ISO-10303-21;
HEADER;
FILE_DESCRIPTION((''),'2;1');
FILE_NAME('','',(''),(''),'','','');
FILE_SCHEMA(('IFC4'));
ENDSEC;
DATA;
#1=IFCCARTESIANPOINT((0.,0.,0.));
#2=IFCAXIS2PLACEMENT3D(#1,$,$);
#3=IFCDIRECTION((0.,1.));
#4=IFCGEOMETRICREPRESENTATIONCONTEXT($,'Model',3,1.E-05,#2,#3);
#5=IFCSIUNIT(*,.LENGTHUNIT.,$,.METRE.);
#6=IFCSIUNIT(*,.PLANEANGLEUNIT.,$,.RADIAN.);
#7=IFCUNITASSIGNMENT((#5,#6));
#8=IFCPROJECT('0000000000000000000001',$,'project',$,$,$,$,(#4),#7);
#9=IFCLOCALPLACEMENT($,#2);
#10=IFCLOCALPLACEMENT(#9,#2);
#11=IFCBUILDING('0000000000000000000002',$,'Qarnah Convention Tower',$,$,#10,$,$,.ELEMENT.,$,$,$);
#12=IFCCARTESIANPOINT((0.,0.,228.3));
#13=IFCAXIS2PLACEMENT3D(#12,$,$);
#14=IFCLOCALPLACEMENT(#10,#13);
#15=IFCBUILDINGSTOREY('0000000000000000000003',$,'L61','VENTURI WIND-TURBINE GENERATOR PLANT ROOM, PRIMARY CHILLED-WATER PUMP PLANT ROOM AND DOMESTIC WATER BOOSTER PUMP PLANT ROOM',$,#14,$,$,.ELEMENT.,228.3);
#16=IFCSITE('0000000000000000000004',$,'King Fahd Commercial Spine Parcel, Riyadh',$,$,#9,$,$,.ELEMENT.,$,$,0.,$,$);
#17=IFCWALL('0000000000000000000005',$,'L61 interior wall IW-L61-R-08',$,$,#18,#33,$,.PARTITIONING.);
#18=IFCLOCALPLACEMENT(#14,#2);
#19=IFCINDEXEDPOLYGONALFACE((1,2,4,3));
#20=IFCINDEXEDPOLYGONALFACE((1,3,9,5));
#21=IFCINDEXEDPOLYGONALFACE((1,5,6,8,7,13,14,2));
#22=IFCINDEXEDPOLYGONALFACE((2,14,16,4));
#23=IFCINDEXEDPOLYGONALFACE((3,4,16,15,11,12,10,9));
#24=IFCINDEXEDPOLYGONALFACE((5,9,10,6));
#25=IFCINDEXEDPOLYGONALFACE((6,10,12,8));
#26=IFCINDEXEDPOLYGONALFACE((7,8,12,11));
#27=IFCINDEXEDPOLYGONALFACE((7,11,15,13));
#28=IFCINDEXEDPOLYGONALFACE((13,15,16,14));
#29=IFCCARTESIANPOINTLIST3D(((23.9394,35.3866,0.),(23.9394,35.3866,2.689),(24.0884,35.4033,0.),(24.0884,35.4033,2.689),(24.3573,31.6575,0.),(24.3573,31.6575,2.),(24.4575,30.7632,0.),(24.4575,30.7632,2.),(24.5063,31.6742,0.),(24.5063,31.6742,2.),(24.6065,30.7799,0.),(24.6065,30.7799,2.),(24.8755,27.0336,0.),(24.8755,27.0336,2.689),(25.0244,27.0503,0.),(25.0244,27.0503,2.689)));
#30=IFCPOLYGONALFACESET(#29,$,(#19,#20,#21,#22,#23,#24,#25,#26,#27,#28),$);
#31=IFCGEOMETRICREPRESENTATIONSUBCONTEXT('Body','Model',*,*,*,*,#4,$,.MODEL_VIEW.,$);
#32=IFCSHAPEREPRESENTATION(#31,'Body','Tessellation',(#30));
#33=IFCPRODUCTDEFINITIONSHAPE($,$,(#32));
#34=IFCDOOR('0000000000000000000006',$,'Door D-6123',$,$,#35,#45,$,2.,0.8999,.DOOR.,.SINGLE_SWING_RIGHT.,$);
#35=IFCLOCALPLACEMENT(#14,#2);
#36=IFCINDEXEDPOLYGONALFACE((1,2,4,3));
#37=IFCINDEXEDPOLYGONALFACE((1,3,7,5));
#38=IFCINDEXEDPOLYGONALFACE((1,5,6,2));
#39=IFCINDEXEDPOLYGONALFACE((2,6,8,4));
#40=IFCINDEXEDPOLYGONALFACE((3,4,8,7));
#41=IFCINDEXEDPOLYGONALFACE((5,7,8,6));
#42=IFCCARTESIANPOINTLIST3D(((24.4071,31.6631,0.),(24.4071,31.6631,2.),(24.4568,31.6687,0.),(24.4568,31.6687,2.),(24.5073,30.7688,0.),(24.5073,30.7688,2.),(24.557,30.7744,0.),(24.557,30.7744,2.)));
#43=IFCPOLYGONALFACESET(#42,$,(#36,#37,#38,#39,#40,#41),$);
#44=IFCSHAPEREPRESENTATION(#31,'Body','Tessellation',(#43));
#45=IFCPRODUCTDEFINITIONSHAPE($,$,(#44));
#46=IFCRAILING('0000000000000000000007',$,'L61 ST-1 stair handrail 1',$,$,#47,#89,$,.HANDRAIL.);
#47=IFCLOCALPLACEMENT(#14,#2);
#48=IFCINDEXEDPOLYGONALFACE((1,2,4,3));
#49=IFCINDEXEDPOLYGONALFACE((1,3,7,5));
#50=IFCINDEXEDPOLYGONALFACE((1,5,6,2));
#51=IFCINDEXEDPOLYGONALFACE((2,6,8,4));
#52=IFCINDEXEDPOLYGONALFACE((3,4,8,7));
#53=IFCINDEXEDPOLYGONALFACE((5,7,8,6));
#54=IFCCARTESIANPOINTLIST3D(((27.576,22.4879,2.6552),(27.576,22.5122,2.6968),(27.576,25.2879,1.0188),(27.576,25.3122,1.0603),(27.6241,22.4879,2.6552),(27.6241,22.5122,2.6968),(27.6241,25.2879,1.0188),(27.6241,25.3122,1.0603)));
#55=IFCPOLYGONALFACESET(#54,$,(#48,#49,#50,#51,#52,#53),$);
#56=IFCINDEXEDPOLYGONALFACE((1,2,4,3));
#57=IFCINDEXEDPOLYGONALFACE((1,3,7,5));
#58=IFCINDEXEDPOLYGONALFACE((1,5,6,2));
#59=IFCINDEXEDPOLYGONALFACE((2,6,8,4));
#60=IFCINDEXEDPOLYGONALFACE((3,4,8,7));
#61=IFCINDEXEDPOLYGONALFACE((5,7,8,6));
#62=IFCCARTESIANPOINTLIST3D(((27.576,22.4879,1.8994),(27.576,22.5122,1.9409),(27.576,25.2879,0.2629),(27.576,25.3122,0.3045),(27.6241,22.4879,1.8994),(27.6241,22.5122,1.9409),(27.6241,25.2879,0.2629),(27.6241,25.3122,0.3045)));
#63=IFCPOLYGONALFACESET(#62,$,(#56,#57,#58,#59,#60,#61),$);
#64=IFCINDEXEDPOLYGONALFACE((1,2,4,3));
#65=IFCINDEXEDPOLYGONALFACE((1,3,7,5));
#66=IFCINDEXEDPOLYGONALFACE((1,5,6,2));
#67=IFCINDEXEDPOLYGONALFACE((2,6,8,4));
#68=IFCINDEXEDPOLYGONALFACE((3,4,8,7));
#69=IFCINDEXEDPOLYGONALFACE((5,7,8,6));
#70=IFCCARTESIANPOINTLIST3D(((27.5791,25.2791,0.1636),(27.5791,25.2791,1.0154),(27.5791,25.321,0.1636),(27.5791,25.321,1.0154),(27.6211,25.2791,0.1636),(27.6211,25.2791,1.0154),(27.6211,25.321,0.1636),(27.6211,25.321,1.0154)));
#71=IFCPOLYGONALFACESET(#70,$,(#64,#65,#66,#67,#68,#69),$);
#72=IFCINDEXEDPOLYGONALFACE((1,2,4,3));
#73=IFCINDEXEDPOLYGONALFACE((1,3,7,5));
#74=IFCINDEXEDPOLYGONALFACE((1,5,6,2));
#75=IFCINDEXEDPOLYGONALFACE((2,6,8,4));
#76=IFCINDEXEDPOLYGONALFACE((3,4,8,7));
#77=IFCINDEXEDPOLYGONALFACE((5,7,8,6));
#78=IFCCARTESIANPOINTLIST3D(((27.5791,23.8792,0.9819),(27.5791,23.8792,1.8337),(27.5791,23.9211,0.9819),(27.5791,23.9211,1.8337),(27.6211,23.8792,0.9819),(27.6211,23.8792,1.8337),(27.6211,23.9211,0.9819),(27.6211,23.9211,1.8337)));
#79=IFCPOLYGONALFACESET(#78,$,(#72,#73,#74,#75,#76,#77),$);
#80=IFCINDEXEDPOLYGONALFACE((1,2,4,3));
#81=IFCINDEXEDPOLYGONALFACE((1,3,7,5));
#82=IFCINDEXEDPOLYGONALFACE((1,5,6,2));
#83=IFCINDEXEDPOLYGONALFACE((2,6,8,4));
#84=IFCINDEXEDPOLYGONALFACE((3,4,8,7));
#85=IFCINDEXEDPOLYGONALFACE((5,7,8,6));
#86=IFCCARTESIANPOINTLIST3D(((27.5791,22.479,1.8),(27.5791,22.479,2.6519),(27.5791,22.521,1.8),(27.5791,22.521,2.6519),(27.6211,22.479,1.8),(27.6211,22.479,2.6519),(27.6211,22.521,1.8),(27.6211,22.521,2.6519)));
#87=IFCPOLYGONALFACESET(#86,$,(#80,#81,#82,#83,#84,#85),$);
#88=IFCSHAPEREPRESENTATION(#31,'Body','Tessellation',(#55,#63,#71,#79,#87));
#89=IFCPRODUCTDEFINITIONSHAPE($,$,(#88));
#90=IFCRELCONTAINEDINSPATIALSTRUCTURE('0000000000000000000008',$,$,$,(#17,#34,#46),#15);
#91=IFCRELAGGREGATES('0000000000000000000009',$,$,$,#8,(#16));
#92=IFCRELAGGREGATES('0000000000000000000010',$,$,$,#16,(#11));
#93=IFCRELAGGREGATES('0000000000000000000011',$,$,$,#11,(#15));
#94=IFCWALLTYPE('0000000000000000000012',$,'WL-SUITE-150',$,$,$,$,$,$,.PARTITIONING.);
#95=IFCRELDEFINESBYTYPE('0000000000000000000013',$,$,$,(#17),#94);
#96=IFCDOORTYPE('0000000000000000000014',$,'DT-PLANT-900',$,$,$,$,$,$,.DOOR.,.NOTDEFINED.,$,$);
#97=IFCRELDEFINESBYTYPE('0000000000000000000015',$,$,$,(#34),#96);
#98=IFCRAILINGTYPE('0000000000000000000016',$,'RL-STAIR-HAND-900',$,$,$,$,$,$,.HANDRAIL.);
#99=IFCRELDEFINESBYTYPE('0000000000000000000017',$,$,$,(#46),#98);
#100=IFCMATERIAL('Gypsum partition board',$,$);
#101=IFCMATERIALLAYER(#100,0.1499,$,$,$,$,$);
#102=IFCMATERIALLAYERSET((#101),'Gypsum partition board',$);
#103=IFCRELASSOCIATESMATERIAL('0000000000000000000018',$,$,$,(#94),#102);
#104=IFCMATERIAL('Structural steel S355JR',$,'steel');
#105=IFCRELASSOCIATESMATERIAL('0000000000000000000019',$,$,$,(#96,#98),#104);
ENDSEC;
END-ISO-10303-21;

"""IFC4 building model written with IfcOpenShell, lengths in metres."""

from ifc_helpers import new_model, si_unit, direction, frame, frame_2d, origin, origin_2d, place, context, subcontext, project, spatial, rectangle, extrude, material, layer, layer_set, type_object, element, fill, save


model = new_model("IFC4")

# Units and contexts
model_context = context("Model", 3, precision=1e-05, world=origin(), true_north=direction((0.0, 1.0)))
body_context = subcontext(model_context, "Body", "Model", "MODEL_VIEW")
ifc_project = project(units=[si_unit("LENGTHUNIT", "METRE"), si_unit("PLANEANGLEUNIT", "RADIAN")], contexts=[model_context])

# Site, building, storey
site_placement = place(None, origin())
site = spatial("IfcSite", under=ifc_project, at=site_placement, Name="King Fahd Commercial Spine Parcel, Riyadh", CompositionType="ELEMENT", RefElevation=0.0)
building_placement = place(site_placement, origin())
building = spatial("IfcBuilding", under=site, at=building_placement, Name="Qarnah Convention Tower", CompositionType="ELEMENT")
storey_placement = place(building_placement, frame((0.0, 0.0, 228.3)))
storey = spatial("IfcBuildingStorey", under=building, at=storey_placement, Name="L61", Description="VENTURI WIND-TURBINE GENERATOR PLANT ROOM, PRIMARY CHILLED-WATER PUMP PLANT ROOM AND DOMESTIC WATER BOOSTER PUMP PLANT ROOM", CompositionType="ELEMENT", Elevation=228.3)

# Shared definitions
ifc_material_1 = material(Name="Structural steel S355JR", Category="steel")

# Shared definitions
ifc_material_2 = material(Name="Gypsum partition board")
ifc_layer_1 = layer(ifc_material_2, 0.1499)
ifc_layer_set_1 = layer_set([ifc_layer_1], Name="Gypsum partition board")
wall_type_1 = type_object("IfcWallType", Name="WL-SUITE-150", PredefinedType="PARTITIONING", material=ifc_layer_set_1)
door_type_1 = type_object("IfcDoorType", Name="DT-PLANT-900", OperationType="NOTDEFINED", PredefinedType="DOOR", material=ifc_material_1)

# Wall, opening, door
wall_1_placement = place(storey_placement, frame((24.95, 27.042, 0.0), z_axis=(0.0, 0.0, 1.0), x_axis=(-0.111362, 0.99378, 0.0)))
wall_1 = element("IfcWall", 1, at=wall_1_placement, inside=storey, type_object=wall_type_1, Name="L61 interior wall IW-L61-R-08", PredefinedType="PARTITIONING", context=body_context, shape_type="SweptSolid", body=[
    extrude(rectangle(XDim=8.4053, YDim=0.1499, at=frame_2d((4.2026, 0.0))), origin(), (0.0, 0.0, 1.0), 2.689),
])
opening_1_placement = place(wall_1_placement, frame((3.7529, 0.0, 0.0)))
opening_1 = element("IfcOpeningElement", 2, at=opening_1_placement, cuts=wall_1, PredefinedType="OPENING", context=body_context, shape_type="SweptSolid", body=[
    extrude(rectangle(XDim=0.8999, YDim=2.0, at=frame_2d((0.45, 1.0))), frame((0.0, 0.085, 0.0), z_axis=(0.0, -1.0, 0.0), x_axis=(1.0, 0.0, 0.0)), (0.0, 0.0, 1.0), 0.1699),
])
door_1_placement = place(opening_1_placement, origin())
door_1 = element("IfcDoor", 3, at=door_1_placement, inside=storey, type_object=door_type_1, Name="Door D-6123", OperationType="SINGLE_SWING_RIGHT", OverallHeight=2.0, OverallWidth=0.8999, PredefinedType="DOOR", context=body_context, shape_type="SweptSolid", body=[
    extrude(rectangle(XDim=0.8999, YDim=2.0, at=frame_2d((0.45, 1.0))), frame((0.0, 0.0249, 0.0), z_axis=(0.0, -1.0, 0.0), x_axis=(1.0, 0.0, 0.0)), (0.0, 0.0, 1.0), 0.05),
])
fill(opening_1, door_1)

# Railing
railing_type = type_object("IfcRailingType", Name="RL-STAIR-HAND-900", PredefinedType="HANDRAIL", material=ifc_material_1)
railing_placement = place(storey_placement, frame((27.6001, 25.3, 0.1636)))
element("IfcRailing", 4, at=railing_placement, inside=storey, type_object=railing_type, Name="L61 ST-1 stair handrail 1", PredefinedType="HANDRAIL", context=body_context, shape_type="SweptSolid", body=[
    extrude(rectangle(XDim=0.0481, YDim=0.0481, at=origin_2d()), frame((0.0, 0.0, 0.876), z_axis=(0.0, -0.863361, 0.504587), x_axis=(1.0, 0.0, 0.0)), (0.0, 0.0, 1.0), 3.2432),
    extrude(rectangle(XDim=0.0481, YDim=0.0481, at=origin_2d()), frame((0.0, 0.0, 0.1201), z_axis=(0.0, -0.863361, 0.504587), x_axis=(1.0, 0.0, 0.0)), (0.0, 0.0, 1.0), 3.2432),
    extrude(rectangle(XDim=0.042, YDim=0.042, at=origin_2d()), origin(), (0.0, 0.0, 1.0), 0.8518),
    extrude(rectangle(XDim=0.042, YDim=0.042, at=origin_2d()), frame((0.0, -1.3999, 0.8184)), (0.0, 0.0, 1.0), 0.8518),
    extrude(rectangle(XDim=0.042, YDim=0.042, at=origin_2d()), frame((0.0, -2.8, 1.6365)), (0.0, 0.0, 1.0), 0.8518),
])

save(model, "model.ifc")
